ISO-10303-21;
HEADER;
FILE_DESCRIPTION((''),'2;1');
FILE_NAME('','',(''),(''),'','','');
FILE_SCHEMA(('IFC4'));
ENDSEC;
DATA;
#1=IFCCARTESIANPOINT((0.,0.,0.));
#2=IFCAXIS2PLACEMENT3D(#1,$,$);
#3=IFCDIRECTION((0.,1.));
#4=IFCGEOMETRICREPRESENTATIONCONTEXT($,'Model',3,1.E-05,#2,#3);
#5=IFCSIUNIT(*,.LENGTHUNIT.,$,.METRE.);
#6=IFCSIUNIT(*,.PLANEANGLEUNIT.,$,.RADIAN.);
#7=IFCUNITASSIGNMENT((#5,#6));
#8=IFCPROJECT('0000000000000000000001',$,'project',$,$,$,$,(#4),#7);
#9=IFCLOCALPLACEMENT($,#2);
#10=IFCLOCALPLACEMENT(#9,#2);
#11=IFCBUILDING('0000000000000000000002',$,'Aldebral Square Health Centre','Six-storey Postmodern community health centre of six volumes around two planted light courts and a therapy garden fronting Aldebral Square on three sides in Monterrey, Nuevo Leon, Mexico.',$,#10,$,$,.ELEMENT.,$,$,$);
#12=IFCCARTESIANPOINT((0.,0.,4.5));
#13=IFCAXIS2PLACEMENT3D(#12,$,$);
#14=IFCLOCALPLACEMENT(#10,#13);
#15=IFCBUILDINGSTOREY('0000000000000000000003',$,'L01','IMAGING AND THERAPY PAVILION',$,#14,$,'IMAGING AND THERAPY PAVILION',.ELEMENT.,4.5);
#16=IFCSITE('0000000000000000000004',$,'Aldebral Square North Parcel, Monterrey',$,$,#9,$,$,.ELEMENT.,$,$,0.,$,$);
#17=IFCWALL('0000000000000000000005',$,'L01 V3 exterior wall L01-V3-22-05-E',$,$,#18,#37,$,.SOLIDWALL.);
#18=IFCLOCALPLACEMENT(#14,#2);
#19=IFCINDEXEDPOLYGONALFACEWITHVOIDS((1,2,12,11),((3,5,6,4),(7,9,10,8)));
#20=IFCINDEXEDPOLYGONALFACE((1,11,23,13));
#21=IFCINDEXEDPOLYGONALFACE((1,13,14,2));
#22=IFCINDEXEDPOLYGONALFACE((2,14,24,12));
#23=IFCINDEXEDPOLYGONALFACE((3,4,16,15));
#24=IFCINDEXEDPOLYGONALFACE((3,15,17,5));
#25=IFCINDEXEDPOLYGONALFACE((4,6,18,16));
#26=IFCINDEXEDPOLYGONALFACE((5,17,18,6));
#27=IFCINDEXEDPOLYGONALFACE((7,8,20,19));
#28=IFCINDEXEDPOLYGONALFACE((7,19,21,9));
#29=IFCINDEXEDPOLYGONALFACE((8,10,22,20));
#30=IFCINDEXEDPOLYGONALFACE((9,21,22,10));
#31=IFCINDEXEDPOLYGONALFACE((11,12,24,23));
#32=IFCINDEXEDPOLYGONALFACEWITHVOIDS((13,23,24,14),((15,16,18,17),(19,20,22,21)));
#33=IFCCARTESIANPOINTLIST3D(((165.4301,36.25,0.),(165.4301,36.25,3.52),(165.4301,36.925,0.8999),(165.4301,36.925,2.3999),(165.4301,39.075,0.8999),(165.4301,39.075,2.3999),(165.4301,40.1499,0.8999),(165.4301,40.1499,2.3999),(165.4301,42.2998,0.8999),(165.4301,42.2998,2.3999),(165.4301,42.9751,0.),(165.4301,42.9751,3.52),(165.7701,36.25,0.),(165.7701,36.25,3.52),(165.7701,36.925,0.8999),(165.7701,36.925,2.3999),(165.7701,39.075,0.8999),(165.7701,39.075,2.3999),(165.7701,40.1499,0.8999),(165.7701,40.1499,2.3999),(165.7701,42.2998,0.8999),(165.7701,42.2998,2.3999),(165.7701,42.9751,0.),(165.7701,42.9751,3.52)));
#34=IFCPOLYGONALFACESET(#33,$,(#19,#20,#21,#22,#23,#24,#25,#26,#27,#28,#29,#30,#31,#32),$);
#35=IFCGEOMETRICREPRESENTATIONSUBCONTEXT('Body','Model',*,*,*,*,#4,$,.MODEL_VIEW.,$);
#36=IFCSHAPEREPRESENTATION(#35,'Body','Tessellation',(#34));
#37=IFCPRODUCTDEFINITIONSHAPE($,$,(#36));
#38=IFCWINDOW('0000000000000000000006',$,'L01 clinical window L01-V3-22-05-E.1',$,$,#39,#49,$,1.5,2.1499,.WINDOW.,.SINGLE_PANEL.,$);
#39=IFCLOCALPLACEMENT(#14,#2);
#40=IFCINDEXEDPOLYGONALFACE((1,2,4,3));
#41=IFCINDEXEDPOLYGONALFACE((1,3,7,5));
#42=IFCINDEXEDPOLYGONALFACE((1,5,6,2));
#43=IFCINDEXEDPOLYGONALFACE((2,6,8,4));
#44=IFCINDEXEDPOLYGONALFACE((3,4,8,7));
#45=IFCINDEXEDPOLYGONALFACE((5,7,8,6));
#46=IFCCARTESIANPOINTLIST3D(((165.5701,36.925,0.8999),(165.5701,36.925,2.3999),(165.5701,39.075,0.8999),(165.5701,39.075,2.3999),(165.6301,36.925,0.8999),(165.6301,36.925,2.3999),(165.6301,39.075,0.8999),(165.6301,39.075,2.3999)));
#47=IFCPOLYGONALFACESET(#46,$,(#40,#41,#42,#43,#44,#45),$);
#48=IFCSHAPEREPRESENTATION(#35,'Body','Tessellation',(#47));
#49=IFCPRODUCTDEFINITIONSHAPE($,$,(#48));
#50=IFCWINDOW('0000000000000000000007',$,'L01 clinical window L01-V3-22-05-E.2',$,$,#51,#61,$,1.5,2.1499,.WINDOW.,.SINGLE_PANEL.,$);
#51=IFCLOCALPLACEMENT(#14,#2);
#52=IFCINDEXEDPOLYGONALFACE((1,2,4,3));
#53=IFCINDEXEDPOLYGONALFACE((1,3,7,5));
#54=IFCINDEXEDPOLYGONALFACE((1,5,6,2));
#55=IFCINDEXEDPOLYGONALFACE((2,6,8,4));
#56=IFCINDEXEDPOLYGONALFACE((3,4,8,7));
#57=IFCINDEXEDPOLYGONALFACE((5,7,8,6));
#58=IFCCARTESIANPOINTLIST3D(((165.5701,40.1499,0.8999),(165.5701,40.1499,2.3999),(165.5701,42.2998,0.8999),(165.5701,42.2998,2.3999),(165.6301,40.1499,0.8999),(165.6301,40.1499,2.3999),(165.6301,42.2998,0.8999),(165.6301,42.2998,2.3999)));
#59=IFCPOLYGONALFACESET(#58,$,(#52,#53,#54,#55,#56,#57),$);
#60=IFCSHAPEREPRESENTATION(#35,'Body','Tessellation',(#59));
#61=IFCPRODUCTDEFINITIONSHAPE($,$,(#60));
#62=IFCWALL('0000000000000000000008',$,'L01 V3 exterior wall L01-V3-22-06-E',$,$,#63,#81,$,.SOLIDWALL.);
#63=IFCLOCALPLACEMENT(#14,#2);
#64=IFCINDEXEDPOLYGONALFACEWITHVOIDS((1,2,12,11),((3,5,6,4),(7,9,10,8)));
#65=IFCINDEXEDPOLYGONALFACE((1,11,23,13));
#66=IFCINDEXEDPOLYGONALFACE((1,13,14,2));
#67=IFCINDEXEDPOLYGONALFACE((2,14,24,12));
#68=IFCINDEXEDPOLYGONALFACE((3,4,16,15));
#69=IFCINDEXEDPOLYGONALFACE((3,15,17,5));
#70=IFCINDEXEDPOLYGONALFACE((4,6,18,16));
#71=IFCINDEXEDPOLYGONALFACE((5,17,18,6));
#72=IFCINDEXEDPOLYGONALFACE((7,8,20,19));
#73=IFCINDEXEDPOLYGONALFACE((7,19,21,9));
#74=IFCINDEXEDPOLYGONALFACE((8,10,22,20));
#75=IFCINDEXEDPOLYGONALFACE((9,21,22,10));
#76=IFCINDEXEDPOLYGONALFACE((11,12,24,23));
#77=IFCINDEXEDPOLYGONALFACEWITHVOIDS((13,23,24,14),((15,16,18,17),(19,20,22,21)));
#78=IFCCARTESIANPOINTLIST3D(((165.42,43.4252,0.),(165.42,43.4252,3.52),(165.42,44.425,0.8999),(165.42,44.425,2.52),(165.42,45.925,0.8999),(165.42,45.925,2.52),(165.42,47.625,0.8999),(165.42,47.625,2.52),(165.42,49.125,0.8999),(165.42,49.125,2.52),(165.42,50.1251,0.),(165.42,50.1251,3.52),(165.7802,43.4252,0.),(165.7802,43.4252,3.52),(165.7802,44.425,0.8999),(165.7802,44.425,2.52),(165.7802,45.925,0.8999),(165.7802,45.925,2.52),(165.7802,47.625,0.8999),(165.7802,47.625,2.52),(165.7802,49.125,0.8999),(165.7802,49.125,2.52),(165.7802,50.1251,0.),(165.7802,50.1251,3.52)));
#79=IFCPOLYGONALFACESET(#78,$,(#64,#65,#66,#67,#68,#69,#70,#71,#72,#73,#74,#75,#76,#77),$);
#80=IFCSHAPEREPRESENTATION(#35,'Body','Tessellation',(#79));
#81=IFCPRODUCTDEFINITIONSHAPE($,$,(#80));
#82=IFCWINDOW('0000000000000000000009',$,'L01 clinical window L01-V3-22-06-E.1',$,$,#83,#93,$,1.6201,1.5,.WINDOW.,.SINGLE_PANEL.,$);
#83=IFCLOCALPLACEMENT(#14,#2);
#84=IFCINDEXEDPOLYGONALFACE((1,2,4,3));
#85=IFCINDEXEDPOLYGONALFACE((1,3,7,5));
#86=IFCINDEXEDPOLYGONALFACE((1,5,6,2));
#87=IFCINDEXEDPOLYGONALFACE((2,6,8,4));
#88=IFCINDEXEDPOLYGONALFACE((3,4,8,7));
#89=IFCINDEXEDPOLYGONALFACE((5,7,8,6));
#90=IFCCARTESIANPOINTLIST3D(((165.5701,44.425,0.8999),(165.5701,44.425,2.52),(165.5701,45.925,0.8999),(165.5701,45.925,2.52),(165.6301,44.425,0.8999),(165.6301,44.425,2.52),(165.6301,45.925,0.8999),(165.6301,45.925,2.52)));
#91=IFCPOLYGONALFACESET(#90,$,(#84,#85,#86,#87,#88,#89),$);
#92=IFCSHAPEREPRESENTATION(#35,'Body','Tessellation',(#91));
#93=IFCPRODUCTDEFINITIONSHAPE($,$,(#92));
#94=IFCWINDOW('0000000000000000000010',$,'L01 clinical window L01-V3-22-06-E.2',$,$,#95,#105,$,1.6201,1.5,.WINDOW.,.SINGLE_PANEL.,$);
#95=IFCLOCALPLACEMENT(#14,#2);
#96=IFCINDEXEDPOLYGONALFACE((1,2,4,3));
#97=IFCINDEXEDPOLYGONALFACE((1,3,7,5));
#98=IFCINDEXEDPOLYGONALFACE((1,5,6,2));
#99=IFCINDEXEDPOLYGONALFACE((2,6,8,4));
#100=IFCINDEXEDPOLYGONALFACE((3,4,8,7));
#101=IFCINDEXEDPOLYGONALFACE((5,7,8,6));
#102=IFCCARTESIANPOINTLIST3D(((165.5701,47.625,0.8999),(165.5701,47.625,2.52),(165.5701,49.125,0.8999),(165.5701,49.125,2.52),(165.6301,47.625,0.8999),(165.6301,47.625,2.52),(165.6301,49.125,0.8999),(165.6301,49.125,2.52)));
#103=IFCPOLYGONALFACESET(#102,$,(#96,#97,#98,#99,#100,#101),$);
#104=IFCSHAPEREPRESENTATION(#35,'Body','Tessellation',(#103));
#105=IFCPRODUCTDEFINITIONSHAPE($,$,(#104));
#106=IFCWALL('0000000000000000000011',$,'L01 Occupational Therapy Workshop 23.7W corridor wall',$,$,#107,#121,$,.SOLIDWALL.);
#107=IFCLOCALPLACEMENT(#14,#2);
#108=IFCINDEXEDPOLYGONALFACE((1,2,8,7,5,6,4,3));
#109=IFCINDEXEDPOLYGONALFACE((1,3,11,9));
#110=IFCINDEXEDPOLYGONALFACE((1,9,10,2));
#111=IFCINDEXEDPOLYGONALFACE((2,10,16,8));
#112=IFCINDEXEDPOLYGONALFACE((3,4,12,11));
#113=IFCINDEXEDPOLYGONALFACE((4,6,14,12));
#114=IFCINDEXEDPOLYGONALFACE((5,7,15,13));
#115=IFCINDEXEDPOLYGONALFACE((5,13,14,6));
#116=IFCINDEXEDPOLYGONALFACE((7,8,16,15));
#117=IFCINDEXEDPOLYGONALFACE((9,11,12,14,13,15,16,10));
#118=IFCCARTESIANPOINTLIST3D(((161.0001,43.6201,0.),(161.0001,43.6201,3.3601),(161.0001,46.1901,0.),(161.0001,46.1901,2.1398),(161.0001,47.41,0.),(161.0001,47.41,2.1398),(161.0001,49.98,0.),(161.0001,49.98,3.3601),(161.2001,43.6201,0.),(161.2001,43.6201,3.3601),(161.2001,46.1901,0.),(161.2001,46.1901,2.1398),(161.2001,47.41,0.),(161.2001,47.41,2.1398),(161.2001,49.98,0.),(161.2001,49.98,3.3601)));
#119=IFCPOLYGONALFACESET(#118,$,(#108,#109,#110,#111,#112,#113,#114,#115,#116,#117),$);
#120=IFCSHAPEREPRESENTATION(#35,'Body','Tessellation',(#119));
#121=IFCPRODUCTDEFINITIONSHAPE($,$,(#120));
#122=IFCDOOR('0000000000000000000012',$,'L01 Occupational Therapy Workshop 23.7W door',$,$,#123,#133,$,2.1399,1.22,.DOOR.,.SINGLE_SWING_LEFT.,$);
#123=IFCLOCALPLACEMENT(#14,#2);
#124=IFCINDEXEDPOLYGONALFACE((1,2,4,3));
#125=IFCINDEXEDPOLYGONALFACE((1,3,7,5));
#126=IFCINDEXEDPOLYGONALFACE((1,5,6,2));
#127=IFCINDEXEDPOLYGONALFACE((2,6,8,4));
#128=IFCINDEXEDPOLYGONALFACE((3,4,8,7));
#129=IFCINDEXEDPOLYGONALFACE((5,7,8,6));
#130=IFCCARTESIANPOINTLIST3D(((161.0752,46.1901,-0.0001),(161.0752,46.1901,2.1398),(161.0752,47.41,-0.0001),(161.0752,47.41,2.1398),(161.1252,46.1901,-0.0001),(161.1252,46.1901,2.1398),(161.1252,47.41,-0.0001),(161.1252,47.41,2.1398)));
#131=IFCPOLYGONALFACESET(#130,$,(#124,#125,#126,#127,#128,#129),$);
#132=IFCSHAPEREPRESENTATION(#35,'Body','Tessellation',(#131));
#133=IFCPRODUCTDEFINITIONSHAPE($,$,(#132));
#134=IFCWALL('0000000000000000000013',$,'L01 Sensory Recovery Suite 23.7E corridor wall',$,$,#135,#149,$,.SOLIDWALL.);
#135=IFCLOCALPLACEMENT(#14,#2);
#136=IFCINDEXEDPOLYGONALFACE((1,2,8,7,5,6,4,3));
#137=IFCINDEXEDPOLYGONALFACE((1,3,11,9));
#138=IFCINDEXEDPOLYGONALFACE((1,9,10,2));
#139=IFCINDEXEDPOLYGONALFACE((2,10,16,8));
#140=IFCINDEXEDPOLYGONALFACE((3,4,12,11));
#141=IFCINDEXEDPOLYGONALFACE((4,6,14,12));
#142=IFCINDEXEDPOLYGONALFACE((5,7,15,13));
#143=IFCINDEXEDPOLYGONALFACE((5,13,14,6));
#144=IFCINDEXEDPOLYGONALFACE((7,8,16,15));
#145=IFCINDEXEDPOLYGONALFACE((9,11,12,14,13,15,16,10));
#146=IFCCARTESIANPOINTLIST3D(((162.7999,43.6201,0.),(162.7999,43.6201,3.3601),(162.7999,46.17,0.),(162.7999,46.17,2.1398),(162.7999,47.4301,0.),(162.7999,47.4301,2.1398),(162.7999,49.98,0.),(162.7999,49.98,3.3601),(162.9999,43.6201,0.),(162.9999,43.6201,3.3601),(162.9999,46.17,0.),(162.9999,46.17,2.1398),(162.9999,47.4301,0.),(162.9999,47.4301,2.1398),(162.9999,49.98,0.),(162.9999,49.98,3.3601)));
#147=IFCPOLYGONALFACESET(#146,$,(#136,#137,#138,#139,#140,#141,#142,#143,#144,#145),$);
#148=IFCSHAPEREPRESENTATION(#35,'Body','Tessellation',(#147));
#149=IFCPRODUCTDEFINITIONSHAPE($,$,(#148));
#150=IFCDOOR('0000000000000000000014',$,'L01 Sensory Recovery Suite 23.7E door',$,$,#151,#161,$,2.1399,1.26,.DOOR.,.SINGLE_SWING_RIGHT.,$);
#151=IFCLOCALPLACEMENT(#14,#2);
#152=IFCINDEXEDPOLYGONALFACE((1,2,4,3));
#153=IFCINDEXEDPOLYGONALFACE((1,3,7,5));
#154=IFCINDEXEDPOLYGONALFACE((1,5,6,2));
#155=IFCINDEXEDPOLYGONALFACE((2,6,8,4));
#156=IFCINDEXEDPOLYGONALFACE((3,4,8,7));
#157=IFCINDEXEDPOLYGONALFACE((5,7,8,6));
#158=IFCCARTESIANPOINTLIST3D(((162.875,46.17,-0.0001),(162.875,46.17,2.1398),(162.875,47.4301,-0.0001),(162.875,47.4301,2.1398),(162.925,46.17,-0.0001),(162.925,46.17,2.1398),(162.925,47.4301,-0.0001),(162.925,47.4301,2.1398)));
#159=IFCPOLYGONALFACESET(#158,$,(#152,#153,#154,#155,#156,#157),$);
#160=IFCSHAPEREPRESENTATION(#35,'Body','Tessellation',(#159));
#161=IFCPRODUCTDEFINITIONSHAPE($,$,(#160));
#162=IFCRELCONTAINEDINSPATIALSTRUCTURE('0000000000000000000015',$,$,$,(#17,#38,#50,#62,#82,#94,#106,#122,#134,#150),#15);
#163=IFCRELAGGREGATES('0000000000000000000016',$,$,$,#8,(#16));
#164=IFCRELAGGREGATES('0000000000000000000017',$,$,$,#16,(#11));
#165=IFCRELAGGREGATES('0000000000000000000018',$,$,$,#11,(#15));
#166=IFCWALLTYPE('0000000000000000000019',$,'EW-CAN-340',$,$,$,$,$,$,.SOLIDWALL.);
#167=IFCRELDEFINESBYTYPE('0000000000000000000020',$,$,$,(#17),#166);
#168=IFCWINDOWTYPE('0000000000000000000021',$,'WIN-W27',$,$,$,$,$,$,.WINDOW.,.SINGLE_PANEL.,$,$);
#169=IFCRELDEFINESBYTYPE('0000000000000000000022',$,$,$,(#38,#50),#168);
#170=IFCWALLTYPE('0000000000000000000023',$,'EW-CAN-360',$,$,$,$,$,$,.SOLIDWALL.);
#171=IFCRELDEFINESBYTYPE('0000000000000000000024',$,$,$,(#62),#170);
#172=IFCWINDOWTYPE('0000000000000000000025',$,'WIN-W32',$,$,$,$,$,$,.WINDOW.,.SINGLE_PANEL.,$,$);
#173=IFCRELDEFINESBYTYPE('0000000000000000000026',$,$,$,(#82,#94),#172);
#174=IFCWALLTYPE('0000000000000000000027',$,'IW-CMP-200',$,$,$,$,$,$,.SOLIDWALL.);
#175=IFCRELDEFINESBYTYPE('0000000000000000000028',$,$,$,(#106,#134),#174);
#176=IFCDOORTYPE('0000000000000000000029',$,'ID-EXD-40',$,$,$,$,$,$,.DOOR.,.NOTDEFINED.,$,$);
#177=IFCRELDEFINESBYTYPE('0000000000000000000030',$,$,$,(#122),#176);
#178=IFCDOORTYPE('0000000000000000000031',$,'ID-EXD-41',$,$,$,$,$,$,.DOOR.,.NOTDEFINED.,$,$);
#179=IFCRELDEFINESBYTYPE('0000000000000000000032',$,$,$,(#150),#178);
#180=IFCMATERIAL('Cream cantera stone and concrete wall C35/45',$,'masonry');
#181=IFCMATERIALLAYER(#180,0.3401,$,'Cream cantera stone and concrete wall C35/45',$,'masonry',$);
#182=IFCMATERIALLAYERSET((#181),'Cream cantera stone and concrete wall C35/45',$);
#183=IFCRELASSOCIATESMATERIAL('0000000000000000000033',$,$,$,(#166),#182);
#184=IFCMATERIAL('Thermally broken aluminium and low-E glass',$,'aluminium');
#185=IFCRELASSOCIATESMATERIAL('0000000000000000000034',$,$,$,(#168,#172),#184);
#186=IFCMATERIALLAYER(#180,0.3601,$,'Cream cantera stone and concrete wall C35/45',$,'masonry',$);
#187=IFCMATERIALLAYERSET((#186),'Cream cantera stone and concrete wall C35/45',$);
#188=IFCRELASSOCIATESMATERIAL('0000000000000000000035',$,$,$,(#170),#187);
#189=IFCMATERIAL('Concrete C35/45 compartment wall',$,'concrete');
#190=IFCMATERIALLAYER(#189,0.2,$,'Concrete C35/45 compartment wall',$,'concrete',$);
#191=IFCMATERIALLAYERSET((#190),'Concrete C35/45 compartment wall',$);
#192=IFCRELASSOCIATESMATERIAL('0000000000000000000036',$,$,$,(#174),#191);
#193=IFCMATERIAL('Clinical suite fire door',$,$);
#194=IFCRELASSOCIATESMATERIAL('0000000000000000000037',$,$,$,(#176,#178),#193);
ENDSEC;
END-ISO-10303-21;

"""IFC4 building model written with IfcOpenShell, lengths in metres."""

from ifc_helpers import new_model, si_unit, direction, frame, frame_2d, origin, place, context, subcontext, project, spatial, rectangle, extrude, material, layer, layer_set, type_object, element, fill, save


model = new_model("IFC4")

# Units and contexts
model_context = context("Model", 3, precision=1e-05, world=origin(), true_north=direction((0.0, 1.0)))
body_context = subcontext(model_context, "Body", "Model", "MODEL_VIEW")
ifc_project = project(units=[si_unit("LENGTHUNIT", "METRE"), si_unit("PLANEANGLEUNIT", "RADIAN")], contexts=[model_context])

# Site, building, storey
site_placement = place(None, origin())
site = spatial("IfcSite", under=ifc_project, at=site_placement, Name="Aldebral Square North Parcel, Monterrey", CompositionType="ELEMENT", RefElevation=0.0)
building_placement = place(site_placement, origin())
building = spatial("IfcBuilding", under=site, at=building_placement, Name="Aldebral Square Health Centre", Description="Six-storey Postmodern community health centre of six volumes around two planted light courts and a therapy garden fronting Aldebral Square on three sides in Monterrey, Nuevo Leon, Mexico.", CompositionType="ELEMENT")
storey_placement = place(building_placement, frame((0.0, 0.0, 4.5)))
storey = spatial("IfcBuildingStorey", under=building, at=storey_placement, Name="L01", Description="IMAGING AND THERAPY PAVILION", LongName="IMAGING AND THERAPY PAVILION", CompositionType="ELEMENT", Elevation=4.5)

# Walls, openings, windows
ifc_material_1 = material(Name="Cream cantera stone and concrete wall C35/45", Category="masonry")
ifc_layer_1 = layer(ifc_material_1, 0.3401, Name="Cream cantera stone and concrete wall C35/45", Category="masonry")
ifc_layer_set_1 = layer_set([ifc_layer_1], Name="Cream cantera stone and concrete wall C35/45")
wall_type_1 = type_object("IfcWallType", Name="EW-CAN-340", PredefinedType="SOLIDWALL", material=ifc_layer_set_1)
wall_1_placement = place(storey_placement, frame((165.6001, 36.25, 0.0), z_axis=(0.0, 0.0, 1.0), x_axis=(0.0, 1.0, 0.0)))
wall_1 = element("IfcWall", 1, at=wall_1_placement, inside=storey, type_object=wall_type_1, Name="L01 V3 exterior wall L01-V3-22-05-E", PredefinedType="SOLIDWALL", context=body_context, shape_type="SweptSolid", body=[
    extrude(rectangle(XDim=6.7251, YDim=0.3401, at=frame_2d((3.3625, 0.0))), origin(), (0.0, 0.0, 1.0), 3.52),
])
opening_1_placement = place(wall_1_placement, frame((0.675, 0.0, 0.8999)))
opening_1 = element("IfcOpeningElement", 2, at=opening_1_placement, cuts=wall_1, PredefinedType="OPENING", context=body_context, shape_type="SweptSolid", body=[
    extrude(rectangle(XDim=2.1499, YDim=1.5, at=frame_2d((1.075, 0.75))), frame((0.0, 0.1802, 0.0), z_axis=(0.0, -1.0, 0.0), x_axis=(1.0, 0.0, 0.0)), (0.0, 0.0, 1.0), 0.3601),
])
opening_2_placement = place(wall_1_placement, frame((3.8999, 0.0, 0.8999)))
opening_2 = element("IfcOpeningElement", 3, at=opening_2_placement, cuts=wall_1, PredefinedType="OPENING", context=body_context, shape_type="SweptSolid", body=[
    extrude(rectangle(XDim=2.1499, YDim=1.5, at=frame_2d((1.075, 0.75))), frame((0.0, 0.1802, 0.0), z_axis=(0.0, -1.0, 0.0), x_axis=(1.0, 0.0, 0.0)), (0.0, 0.0, 1.0), 0.3601),
])
ifc_material_2 = material(Name="Thermally broken aluminium and low-E glass", Category="aluminium")
window_type_1 = type_object("IfcWindowType", Name="WIN-W27", PartitioningType="SINGLE_PANEL", PredefinedType="WINDOW", material=ifc_material_2)
window_1_placement = place(opening_1_placement, origin())
window_1 = element("IfcWindow", 4, at=window_1_placement, inside=storey, type_object=window_type_1, Name="L01 clinical window L01-V3-22-05-E.1", OverallHeight=1.5, OverallWidth=2.1499, PartitioningType="SINGLE_PANEL", PredefinedType="WINDOW", context=body_context, shape_type="SweptSolid", body=[
    extrude(rectangle(XDim=2.1499, YDim=1.5, at=frame_2d((1.075, 0.75))), frame((0.0, 0.03, 0.0), z_axis=(0.0, -1.0, 0.0), x_axis=(1.0, 0.0, 0.0)), (0.0, 0.0, 1.0), 0.0601),
])
fill(opening_1, window_1)
window_2_placement = place(opening_2_placement, origin())
window_2 = element("IfcWindow", 5, at=window_2_placement, inside=storey, type_object=window_type_1, Name="L01 clinical window L01-V3-22-05-E.2", OverallHeight=1.5, OverallWidth=2.1499, PartitioningType="SINGLE_PANEL", PredefinedType="WINDOW", context=body_context, shape_type="SweptSolid", body=[
    extrude(rectangle(XDim=2.1499, YDim=1.5, at=frame_2d((1.075, 0.75))), frame((0.0, 0.03, 0.0), z_axis=(0.0, -1.0, 0.0), x_axis=(1.0, 0.0, 0.0)), (0.0, 0.0, 1.0), 0.0601),
])
fill(opening_2, window_2)
ifc_layer_2 = layer(ifc_material_1, 0.3601, Name="Cream cantera stone and concrete wall C35/45", Category="masonry")
ifc_layer_set_2 = layer_set([ifc_layer_2], Name="Cream cantera stone and concrete wall C35/45")
wall_type_2 = type_object("IfcWallType", Name="EW-CAN-360", PredefinedType="SOLIDWALL", material=ifc_layer_set_2)
wall_2_placement = place(storey_placement, frame((165.6001, 43.425, 0.0), z_axis=(0.0, 0.0, 1.0), x_axis=(0.0, 1.0, 0.0)))
wall_2 = element("IfcWall", 6, at=wall_2_placement, inside=storey, type_object=wall_type_2, Name="L01 V3 exterior wall L01-V3-22-06-E", PredefinedType="SOLIDWALL", context=body_context, shape_type="SweptSolid", body=[
    extrude(rectangle(XDim=6.7, YDim=0.3601, at=frame_2d((3.3501, 0.0))), origin(), (0.0, 0.0, 1.0), 3.52),
])
opening_3_placement = place(wall_2_placement, frame((1.0, 0.0, 0.8999)))
opening_3 = element("IfcOpeningElement", 7, at=opening_3_placement, cuts=wall_2, PredefinedType="OPENING", context=body_context, shape_type="SweptSolid", body=[
    extrude(rectangle(XDim=1.5, YDim=1.6201, at=frame_2d((0.75, 0.8101))), frame((0.0, 0.1899, 0.0), z_axis=(0.0, -1.0, 0.0), x_axis=(1.0, 0.0, 0.0)), (0.0, 0.0, 1.0), 0.3801),
])
opening_4_placement = place(wall_2_placement, frame((4.2, 0.0, 0.8999)))
opening_4 = element("IfcOpeningElement", 8, at=opening_4_placement, cuts=wall_2, PredefinedType="OPENING", context=body_context, shape_type="SweptSolid", body=[
    extrude(rectangle(XDim=1.5, YDim=1.6201, at=frame_2d((0.75, 0.8101))), frame((0.0, 0.1899, 0.0), z_axis=(0.0, -1.0, 0.0), x_axis=(1.0, 0.0, 0.0)), (0.0, 0.0, 1.0), 0.3801),
])
window_type_2 = type_object("IfcWindowType", Name="WIN-W32", PartitioningType="SINGLE_PANEL", PredefinedType="WINDOW", material=ifc_material_2)
window_3_placement = place(opening_3_placement, origin())
window_3 = element("IfcWindow", 9, at=window_3_placement, inside=storey, type_object=window_type_2, Name="L01 clinical window L01-V3-22-06-E.1", OverallHeight=1.6201, OverallWidth=1.5, PartitioningType="SINGLE_PANEL", PredefinedType="WINDOW", context=body_context, shape_type="SweptSolid", body=[
    extrude(rectangle(XDim=1.5, YDim=1.6201, at=frame_2d((0.75, 0.8101))), frame((0.0, 0.03, 0.0), z_axis=(0.0, -1.0, 0.0), x_axis=(1.0, 0.0, 0.0)), (0.0, 0.0, 1.0), 0.0601),
])
fill(opening_3, window_3)
window_4_placement = place(opening_4_placement, origin())
window_4 = element("IfcWindow", 10, at=window_4_placement, inside=storey, type_object=window_type_2, Name="L01 clinical window L01-V3-22-06-E.2", OverallHeight=1.6201, OverallWidth=1.5, PartitioningType="SINGLE_PANEL", PredefinedType="WINDOW", context=body_context, shape_type="SweptSolid", body=[
    extrude(rectangle(XDim=1.5, YDim=1.6201, at=frame_2d((0.75, 0.8101))), frame((0.0, 0.03, 0.0), z_axis=(0.0, -1.0, 0.0), x_axis=(1.0, 0.0, 0.0)), (0.0, 0.0, 1.0), 0.0601),
])
fill(opening_4, window_4)

# Walls, openings, doors
ifc_material_3 = material(Name="Concrete C35/45 compartment wall", Category="concrete")
ifc_layer_3 = layer(ifc_material_3, 0.2, Name="Concrete C35/45 compartment wall", Category="concrete")
ifc_layer_set_3 = layer_set([ifc_layer_3], Name="Concrete C35/45 compartment wall")
wall_type_3 = type_object("IfcWallType", Name="IW-CMP-200", PredefinedType="SOLIDWALL", material=ifc_layer_set_3)
wall_3_placement = place(storey_placement, frame((161.1001, 43.6201, 0.0), z_axis=(0.0, 0.0, 1.0), x_axis=(0.0, 1.0, 0.0)))
wall_3 = element("IfcWall", 11, at=wall_3_placement, inside=storey, type_object=wall_type_3, Name="L01 Occupational Therapy Workshop 23.7W corridor wall", PredefinedType="SOLIDWALL", context=body_context, shape_type="SweptSolid", body=[
    extrude(rectangle(XDim=6.3599, YDim=0.2, at=frame_2d((3.1799, 0.0))), origin(), (0.0, 0.0, 1.0), 3.3601),
])
opening_5_placement = place(wall_3_placement, frame((2.5701, 0.0, 0.0)))
opening_5 = element("IfcOpeningElement", 12, at=opening_5_placement, cuts=wall_3, PredefinedType="OPENING", context=body_context, shape_type="SweptSolid", body=[
    extrude(rectangle(XDim=1.22, YDim=2.1399, at=frame_2d((0.6099, 1.0698))), frame((0.0, 0.1099, 0.0), z_axis=(0.0, -1.0, 0.0), x_axis=(1.0, 0.0, 0.0)), (0.0, 0.0, 1.0), 0.22),
])
ifc_material_4 = material(Name="Clinical suite fire door")
door_type_1 = type_object("IfcDoorType", Name="ID-EXD-40", OperationType="NOTDEFINED", PredefinedType="DOOR", material=ifc_material_4)
door_1_placement = place(opening_5_placement, origin())
door_1 = element("IfcDoor", 13, at=door_1_placement, inside=storey, type_object=door_type_1, Name="L01 Occupational Therapy Workshop 23.7W door", OperationType="SINGLE_SWING_LEFT", OverallHeight=2.1399, OverallWidth=1.22, PredefinedType="DOOR", context=body_context, shape_type="SweptSolid", body=[
    extrude(rectangle(XDim=1.22, YDim=2.1399, at=frame_2d((0.6099, 1.0698))), frame((0.0, 0.0249, 0.0), z_axis=(0.0, -1.0, 0.0), x_axis=(1.0, 0.0, 0.0)), (0.0, 0.0, 1.0), 0.05),
])
fill(opening_5, door_1)
wall_4_placement = place(storey_placement, frame((162.8999, 43.6201, 0.0), z_axis=(0.0, 0.0, 1.0), x_axis=(0.0, 1.0, 0.0)))
wall_4 = element("IfcWall", 14, at=wall_4_placement, inside=storey, type_object=wall_type_3, Name="L01 Sensory Recovery Suite 23.7E corridor wall", PredefinedType="SOLIDWALL", context=body_context, shape_type="SweptSolid", body=[
    extrude(rectangle(XDim=6.3599, YDim=0.2, at=frame_2d((3.1799, 0.0))), origin(), (0.0, 0.0, 1.0), 3.3601),
])
opening_6_placement = place(wall_4_placement, frame((2.55, 0.0, 0.0)))
opening_6 = element("IfcOpeningElement", 15, at=opening_6_placement, cuts=wall_4, PredefinedType="OPENING", context=body_context, shape_type="SweptSolid", body=[
    extrude(rectangle(XDim=1.26, YDim=2.1399, at=frame_2d((0.6299, 1.0698))), frame((0.0, 0.1099, 0.0), z_axis=(0.0, -1.0, 0.0), x_axis=(1.0, 0.0, 0.0)), (0.0, 0.0, 1.0), 0.22),
])
door_type_2 = type_object("IfcDoorType", Name="ID-EXD-41", OperationType="NOTDEFINED", PredefinedType="DOOR", material=ifc_material_4)
door_2_placement = place(opening_6_placement, origin())
door_2 = element("IfcDoor", 16, at=door_2_placement, inside=storey, type_object=door_type_2, Name="L01 Sensory Recovery Suite 23.7E door", OperationType="SINGLE_SWING_RIGHT", OverallHeight=2.1399, OverallWidth=1.26, PredefinedType="DOOR", context=body_context, shape_type="SweptSolid", body=[
    extrude(rectangle(XDim=1.26, YDim=2.1399, at=frame_2d((0.6299, 1.0698))), frame((0.0, 0.0249, 0.0), z_axis=(0.0, -1.0, 0.0), x_axis=(1.0, 0.0, 0.0)), (0.0, 0.0, 1.0), 0.05),
])
fill(opening_6, door_2)

save(model, "model.ifc")
